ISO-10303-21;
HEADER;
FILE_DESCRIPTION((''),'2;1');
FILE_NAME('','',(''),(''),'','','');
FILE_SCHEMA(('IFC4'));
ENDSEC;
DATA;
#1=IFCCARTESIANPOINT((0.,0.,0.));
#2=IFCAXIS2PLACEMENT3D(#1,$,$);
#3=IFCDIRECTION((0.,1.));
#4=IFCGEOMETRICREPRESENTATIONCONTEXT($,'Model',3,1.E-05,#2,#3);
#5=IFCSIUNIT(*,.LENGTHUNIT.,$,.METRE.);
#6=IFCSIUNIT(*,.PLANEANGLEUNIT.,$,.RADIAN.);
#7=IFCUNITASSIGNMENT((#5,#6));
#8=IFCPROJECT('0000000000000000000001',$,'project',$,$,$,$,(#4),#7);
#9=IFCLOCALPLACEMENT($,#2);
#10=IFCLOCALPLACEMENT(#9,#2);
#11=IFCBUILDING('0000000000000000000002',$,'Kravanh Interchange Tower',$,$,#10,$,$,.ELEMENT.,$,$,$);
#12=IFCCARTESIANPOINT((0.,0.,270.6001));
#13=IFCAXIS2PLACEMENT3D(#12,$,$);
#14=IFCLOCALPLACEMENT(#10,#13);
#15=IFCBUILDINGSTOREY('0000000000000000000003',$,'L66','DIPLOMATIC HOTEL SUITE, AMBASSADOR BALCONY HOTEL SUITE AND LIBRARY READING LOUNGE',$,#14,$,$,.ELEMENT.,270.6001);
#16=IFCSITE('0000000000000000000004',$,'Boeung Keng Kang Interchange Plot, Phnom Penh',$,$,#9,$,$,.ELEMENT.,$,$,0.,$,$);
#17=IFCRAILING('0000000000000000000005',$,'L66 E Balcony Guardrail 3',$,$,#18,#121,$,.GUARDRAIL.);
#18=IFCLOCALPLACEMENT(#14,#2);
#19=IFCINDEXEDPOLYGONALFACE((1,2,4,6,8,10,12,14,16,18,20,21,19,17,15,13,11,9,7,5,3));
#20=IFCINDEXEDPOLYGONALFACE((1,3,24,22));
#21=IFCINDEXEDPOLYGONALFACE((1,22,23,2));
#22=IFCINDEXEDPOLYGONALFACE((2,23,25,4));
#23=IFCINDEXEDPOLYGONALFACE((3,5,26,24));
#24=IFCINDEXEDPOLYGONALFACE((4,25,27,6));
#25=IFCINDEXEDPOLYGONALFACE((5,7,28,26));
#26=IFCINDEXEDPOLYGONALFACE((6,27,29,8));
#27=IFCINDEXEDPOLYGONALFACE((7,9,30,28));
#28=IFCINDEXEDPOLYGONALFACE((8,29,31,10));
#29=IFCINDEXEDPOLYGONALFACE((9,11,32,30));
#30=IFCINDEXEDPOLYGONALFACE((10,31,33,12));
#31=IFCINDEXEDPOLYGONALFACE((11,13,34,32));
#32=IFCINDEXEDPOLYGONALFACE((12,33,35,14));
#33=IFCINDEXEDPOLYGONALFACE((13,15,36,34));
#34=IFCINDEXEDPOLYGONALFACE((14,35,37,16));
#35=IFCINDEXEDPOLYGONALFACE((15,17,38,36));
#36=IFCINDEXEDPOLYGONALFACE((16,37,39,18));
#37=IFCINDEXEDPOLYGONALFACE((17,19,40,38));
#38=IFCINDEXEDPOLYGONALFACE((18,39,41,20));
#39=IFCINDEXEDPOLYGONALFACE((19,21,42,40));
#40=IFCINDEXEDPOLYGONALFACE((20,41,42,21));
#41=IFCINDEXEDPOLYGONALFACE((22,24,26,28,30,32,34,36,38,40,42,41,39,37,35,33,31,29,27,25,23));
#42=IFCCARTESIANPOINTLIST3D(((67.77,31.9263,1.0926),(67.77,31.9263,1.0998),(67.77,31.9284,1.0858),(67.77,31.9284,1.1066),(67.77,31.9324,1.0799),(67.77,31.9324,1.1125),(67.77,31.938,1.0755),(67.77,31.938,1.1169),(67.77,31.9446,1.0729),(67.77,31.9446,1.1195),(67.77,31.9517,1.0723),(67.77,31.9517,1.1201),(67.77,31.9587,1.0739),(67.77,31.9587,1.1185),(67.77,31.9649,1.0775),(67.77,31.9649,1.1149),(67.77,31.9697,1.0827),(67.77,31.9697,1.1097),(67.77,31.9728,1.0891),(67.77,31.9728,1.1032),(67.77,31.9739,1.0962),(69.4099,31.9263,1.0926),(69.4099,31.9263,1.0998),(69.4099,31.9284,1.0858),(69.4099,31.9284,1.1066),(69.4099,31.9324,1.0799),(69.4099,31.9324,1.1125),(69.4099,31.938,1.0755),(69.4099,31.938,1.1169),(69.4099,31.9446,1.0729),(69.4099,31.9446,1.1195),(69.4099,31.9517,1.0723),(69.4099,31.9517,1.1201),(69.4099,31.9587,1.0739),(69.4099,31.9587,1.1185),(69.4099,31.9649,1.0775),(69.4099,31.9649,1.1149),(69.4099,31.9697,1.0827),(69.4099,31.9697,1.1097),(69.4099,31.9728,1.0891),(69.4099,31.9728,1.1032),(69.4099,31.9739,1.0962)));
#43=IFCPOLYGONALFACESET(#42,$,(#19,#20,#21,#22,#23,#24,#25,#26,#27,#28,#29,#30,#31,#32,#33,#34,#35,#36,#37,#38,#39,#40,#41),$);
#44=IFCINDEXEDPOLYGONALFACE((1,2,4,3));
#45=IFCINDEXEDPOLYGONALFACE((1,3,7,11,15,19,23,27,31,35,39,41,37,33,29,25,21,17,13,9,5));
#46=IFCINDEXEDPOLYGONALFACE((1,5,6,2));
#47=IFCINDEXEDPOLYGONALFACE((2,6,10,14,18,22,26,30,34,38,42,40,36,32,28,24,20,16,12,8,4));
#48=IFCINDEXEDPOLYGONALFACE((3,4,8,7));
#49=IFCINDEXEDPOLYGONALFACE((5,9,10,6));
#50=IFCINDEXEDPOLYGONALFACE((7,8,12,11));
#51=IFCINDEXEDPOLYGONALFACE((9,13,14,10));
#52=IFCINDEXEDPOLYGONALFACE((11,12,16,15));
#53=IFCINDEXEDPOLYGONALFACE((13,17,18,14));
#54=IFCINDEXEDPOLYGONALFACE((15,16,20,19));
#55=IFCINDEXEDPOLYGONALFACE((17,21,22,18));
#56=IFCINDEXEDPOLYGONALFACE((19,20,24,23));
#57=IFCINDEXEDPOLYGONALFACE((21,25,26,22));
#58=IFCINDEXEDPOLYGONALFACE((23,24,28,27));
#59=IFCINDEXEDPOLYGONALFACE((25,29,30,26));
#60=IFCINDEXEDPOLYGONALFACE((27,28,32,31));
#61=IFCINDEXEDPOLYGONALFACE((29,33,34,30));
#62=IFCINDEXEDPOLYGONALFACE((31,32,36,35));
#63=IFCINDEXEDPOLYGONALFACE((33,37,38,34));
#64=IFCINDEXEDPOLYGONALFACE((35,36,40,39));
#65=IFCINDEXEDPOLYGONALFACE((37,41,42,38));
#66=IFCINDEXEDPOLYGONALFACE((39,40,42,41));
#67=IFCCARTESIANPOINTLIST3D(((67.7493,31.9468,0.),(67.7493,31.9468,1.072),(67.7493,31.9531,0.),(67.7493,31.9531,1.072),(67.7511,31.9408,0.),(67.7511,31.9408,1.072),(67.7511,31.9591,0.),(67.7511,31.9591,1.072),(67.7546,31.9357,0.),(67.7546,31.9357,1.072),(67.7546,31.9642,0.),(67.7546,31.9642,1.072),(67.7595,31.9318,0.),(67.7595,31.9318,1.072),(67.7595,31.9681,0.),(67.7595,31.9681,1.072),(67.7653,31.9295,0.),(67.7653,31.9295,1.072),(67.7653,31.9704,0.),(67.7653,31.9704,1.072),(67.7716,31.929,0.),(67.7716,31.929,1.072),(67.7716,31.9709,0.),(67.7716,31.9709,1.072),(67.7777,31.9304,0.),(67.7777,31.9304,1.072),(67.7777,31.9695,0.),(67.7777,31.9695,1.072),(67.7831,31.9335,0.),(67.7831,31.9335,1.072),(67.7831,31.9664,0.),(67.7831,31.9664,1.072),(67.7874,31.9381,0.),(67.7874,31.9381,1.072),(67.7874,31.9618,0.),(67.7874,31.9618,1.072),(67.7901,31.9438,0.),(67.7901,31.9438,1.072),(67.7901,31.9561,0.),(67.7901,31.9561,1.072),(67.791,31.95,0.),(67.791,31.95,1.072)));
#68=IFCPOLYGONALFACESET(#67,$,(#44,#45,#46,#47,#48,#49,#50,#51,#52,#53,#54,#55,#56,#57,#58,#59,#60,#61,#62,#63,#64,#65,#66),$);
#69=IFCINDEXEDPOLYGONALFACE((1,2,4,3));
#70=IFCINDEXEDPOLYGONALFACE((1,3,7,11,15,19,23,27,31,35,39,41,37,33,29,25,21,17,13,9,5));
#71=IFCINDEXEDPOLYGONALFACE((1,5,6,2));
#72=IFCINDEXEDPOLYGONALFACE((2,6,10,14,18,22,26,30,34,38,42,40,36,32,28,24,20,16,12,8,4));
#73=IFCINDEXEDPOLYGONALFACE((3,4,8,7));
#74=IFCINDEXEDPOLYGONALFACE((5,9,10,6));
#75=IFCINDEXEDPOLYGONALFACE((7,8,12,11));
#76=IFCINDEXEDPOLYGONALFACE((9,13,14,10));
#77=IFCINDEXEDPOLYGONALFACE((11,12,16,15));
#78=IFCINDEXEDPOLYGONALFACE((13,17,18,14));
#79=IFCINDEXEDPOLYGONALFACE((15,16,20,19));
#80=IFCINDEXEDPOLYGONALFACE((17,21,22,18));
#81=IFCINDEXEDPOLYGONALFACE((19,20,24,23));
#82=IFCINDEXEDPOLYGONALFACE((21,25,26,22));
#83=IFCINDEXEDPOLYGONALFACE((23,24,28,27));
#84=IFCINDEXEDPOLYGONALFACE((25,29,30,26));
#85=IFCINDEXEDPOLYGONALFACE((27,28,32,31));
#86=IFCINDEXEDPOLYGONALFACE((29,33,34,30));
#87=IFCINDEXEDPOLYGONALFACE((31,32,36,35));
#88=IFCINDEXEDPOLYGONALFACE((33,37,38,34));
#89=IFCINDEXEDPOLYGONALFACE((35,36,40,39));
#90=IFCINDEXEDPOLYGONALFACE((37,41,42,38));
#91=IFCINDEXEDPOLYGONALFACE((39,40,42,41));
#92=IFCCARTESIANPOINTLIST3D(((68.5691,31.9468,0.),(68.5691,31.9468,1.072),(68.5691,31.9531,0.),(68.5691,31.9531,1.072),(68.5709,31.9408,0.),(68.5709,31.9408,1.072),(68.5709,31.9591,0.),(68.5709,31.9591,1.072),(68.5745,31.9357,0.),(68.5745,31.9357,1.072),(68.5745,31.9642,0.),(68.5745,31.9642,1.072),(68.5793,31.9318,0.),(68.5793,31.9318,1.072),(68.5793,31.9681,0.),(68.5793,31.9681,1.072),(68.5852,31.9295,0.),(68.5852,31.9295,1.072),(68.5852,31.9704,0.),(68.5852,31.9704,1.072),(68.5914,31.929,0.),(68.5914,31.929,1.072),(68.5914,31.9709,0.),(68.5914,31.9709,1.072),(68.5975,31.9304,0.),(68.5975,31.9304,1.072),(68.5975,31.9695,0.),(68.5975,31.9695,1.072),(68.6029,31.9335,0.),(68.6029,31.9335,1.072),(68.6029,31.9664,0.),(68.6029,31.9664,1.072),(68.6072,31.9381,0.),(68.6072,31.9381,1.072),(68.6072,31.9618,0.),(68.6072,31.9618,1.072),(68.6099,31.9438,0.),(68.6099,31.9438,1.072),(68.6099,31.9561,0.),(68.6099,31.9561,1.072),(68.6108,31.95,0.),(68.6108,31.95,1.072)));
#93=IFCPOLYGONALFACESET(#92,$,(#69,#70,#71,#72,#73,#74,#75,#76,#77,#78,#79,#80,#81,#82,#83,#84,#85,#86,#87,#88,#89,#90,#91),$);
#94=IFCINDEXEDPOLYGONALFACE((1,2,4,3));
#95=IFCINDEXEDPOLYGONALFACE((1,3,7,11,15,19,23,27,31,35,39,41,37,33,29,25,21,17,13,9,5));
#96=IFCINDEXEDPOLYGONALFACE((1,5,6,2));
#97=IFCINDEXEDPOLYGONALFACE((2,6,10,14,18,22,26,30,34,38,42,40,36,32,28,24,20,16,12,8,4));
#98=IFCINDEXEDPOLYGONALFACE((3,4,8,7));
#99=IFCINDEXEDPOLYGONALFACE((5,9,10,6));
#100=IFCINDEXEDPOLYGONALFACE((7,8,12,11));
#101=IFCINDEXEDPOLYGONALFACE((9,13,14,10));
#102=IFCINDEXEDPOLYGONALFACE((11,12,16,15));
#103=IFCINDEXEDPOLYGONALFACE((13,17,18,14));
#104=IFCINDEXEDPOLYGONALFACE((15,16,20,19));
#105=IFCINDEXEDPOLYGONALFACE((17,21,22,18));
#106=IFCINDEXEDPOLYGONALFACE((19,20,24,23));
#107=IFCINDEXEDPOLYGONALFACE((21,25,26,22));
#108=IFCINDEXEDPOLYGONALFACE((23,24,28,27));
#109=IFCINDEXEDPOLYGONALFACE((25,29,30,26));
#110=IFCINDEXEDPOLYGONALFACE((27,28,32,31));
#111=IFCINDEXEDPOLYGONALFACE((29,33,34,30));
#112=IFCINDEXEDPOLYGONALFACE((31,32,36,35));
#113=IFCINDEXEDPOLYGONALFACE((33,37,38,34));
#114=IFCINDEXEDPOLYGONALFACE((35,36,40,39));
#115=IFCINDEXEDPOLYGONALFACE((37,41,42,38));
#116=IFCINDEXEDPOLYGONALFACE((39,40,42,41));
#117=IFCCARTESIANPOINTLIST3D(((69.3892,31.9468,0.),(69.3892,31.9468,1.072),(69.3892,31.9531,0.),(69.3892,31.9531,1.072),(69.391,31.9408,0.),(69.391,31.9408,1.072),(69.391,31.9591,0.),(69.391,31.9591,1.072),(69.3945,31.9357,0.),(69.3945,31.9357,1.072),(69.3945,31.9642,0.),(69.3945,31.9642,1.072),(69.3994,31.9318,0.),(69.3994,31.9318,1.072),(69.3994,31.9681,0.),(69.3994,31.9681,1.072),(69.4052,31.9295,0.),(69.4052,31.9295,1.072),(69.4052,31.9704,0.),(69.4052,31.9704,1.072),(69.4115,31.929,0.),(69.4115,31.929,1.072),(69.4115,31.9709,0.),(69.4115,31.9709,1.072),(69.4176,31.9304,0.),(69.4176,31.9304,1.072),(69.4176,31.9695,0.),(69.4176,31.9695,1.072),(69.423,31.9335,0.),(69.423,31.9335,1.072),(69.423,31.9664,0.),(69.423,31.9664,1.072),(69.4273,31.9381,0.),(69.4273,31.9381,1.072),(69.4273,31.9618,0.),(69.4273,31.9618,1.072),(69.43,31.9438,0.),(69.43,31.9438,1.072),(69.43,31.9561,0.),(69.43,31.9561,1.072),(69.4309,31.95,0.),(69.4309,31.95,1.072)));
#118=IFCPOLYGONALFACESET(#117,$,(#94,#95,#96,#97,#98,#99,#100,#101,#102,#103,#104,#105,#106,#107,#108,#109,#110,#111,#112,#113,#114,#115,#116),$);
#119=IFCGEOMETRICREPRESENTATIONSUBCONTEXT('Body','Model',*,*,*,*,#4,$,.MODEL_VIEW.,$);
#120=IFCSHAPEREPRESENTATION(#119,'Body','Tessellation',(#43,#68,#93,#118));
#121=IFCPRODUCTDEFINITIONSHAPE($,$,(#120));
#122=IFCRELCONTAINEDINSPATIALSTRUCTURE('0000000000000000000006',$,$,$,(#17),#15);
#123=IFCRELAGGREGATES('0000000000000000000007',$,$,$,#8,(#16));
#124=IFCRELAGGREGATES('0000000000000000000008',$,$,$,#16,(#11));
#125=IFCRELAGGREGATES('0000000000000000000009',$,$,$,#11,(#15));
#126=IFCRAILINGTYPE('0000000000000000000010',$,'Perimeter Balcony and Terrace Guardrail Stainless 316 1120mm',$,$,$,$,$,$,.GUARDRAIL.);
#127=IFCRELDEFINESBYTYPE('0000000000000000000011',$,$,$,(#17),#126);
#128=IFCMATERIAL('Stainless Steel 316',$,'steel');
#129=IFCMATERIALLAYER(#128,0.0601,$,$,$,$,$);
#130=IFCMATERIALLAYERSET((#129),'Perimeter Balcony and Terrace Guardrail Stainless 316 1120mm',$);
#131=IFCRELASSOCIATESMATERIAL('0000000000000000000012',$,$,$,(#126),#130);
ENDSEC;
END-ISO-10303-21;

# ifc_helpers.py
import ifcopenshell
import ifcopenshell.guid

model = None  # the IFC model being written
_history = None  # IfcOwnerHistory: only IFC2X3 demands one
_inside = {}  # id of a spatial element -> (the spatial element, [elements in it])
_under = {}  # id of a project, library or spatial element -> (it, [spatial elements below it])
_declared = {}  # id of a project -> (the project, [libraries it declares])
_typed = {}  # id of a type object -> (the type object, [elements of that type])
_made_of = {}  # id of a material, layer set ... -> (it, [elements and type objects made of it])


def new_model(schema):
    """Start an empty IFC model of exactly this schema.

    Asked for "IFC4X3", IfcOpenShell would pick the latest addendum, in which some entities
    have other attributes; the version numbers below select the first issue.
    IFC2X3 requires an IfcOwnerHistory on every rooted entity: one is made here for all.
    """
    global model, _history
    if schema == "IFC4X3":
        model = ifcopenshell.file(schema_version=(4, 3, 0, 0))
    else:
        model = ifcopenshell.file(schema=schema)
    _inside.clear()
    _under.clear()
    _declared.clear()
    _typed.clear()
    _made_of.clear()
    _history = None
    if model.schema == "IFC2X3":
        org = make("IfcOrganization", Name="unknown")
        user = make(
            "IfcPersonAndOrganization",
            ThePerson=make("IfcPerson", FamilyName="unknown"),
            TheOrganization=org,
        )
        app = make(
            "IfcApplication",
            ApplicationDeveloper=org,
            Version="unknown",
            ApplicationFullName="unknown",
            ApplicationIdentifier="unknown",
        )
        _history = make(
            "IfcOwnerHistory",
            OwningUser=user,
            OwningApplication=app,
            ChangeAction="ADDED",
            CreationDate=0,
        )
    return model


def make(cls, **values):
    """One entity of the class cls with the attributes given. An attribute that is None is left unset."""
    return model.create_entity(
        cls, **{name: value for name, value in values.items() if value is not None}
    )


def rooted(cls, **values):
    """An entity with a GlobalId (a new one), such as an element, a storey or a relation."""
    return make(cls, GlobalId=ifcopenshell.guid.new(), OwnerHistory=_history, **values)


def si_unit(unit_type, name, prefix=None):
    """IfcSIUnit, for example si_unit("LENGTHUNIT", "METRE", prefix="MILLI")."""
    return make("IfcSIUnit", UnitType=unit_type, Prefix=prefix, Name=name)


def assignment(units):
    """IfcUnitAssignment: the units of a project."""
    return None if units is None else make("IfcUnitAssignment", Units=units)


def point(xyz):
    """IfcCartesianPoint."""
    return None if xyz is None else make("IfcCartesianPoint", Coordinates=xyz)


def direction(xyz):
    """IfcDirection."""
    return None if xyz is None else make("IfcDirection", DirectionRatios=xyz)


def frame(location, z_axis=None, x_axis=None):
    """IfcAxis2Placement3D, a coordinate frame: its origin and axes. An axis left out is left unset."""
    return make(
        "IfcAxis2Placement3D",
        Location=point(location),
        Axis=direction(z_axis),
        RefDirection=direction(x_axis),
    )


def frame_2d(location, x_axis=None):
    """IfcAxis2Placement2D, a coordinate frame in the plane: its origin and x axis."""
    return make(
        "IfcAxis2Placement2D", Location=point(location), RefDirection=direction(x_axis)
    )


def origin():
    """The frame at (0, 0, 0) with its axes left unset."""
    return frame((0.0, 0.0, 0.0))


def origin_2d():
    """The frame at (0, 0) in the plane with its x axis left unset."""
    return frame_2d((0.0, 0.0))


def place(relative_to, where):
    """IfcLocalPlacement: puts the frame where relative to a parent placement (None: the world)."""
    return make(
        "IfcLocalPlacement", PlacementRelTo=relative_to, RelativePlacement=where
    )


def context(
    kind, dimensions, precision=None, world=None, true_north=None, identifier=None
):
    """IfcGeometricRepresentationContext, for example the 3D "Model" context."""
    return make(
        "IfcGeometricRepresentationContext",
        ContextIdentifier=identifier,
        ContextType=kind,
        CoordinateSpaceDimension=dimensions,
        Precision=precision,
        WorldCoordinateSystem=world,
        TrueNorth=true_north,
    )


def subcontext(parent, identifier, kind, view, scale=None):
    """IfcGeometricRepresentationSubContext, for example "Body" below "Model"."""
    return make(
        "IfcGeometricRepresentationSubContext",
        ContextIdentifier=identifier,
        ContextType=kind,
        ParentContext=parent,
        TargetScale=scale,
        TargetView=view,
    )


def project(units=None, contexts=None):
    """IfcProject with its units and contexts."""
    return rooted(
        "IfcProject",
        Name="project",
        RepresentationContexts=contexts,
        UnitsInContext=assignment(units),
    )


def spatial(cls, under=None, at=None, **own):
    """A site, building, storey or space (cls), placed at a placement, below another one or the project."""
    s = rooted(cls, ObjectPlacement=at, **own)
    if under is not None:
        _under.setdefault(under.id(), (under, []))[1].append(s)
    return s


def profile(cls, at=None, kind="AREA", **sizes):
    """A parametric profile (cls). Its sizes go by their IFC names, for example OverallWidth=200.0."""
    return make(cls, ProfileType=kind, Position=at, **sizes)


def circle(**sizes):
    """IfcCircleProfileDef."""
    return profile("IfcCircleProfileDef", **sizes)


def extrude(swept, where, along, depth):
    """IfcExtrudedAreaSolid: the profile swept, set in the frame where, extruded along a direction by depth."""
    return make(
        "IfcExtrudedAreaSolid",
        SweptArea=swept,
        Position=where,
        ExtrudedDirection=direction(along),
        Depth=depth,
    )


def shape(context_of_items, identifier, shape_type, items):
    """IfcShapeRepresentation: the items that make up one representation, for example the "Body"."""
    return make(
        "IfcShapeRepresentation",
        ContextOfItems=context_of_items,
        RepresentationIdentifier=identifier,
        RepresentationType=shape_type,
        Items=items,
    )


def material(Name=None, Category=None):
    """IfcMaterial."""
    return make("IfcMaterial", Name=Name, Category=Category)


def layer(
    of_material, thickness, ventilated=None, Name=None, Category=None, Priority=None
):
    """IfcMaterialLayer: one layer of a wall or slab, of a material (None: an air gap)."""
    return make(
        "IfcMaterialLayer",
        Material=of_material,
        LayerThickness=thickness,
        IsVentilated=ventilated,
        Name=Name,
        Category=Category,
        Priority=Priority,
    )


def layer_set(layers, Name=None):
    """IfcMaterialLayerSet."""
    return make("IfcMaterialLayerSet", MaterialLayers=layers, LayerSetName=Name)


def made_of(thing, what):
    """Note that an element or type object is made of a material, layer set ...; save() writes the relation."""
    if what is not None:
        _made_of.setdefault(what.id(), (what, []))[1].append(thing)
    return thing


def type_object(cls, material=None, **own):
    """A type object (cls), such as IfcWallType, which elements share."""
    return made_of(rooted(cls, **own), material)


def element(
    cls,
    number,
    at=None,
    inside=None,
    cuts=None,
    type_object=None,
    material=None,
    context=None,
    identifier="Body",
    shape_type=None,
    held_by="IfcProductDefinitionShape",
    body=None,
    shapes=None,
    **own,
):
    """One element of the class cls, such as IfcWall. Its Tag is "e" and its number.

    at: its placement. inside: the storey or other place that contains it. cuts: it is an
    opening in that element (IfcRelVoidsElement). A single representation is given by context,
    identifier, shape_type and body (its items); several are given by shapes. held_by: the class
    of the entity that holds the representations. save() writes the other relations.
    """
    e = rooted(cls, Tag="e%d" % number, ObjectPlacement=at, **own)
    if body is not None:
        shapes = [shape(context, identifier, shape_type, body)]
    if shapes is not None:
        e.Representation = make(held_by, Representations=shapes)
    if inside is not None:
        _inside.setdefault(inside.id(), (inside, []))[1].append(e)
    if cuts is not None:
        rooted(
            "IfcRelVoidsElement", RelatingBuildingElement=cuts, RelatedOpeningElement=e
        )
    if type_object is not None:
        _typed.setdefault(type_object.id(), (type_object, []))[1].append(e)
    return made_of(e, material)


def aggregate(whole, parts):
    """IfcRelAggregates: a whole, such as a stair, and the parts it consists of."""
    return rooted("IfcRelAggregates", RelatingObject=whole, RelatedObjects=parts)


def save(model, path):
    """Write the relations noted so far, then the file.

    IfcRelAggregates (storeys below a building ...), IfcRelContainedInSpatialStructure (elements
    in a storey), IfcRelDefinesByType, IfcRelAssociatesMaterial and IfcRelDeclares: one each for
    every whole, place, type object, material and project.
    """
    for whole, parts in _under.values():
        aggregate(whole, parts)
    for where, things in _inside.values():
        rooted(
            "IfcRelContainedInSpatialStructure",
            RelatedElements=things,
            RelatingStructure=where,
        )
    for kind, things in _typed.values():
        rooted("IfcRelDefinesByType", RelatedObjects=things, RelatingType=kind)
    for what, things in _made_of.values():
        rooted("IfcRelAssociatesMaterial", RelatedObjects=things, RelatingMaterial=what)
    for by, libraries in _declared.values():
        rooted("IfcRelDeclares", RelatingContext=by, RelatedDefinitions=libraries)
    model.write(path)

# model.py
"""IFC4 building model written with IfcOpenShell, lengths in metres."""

from ifc_helpers import new_model, si_unit, direction, frame, origin, origin_2d, place, context, subcontext, project, spatial, circle, extrude, material, layer, layer_set, type_object, element, save


model = new_model("IFC4")

# Units and contexts
model_context = context("Model", 3, precision=1e-05, world=origin(), true_north=direction((0.0, 1.0)))
body_context = subcontext(model_context, "Body", "Model", "MODEL_VIEW")
ifc_project = project(units=[si_unit("LENGTHUNIT", "METRE"), si_unit("PLANEANGLEUNIT", "RADIAN")], contexts=[model_context])

# Site, building, storey
site_placement = place(None, origin())
site = spatial("IfcSite", under=ifc_project, at=site_placement, Name="Boeung Keng Kang Interchange Plot, Phnom Penh", CompositionType="ELEMENT", RefElevation=0.0)
building_placement = place(site_placement, origin())
building = spatial("IfcBuilding", under=site, at=building_placement, Name="Kravanh Interchange Tower", CompositionType="ELEMENT")
storey_placement = place(building_placement, frame((0.0, 0.0, 270.6001)))
storey = spatial("IfcBuildingStorey", under=building, at=storey_placement, Name="L66", Description="DIPLOMATIC HOTEL SUITE, AMBASSADOR BALCONY HOTEL SUITE AND LIBRARY READING LOUNGE", CompositionType="ELEMENT", Elevation=270.6001)

# Railing
ifc_material_1 = material(Name="Stainless Steel 316", Category="steel")
ifc_layer_1 = layer(ifc_material_1, 0.0601)
ifc_layer_set_1 = layer_set([ifc_layer_1], Name="Perimeter Balcony and Terrace Guardrail Stainless 316 1120mm")
railing_type_1 = type_object("IfcRailingType", Name="Perimeter Balcony and Terrace Guardrail Stainless 316 1120mm", PredefinedType="GUARDRAIL", material=ifc_layer_set_1)
railing_1_placement = place(storey_placement, frame((67.77, 31.95, 0.0)))
element("IfcRailing", 1, at=railing_1_placement, inside=storey, type_object=railing_type_1, Name="L66 E Balcony Guardrail 3", PredefinedType="GUARDRAIL", context=body_context, shape_type="SweptSolid", body=[
    extrude(circle(Radius=0.0239, at=origin_2d()), frame((0.0, 0.0, 1.0962), z_axis=(1.0, 0.0, 0.0), x_axis=(0.0, 1.0, 0.0)), (0.0, 0.0, 1.0), 1.6399),
    extrude(circle(Radius=0.021, at=origin_2d()), origin(), (0.0, 0.0, 1.0), 1.072),
    extrude(circle(Radius=0.021, at=origin_2d()), frame((0.8198, 0.0, 0.0)), (0.0, 0.0, 1.0), 1.072),
    extrude(circle(Radius=0.021, at=origin_2d()), frame((1.6399, 0.0, 0.0)), (0.0, 0.0, 1.0), 1.072),
])

save(model, "model.ifc")
